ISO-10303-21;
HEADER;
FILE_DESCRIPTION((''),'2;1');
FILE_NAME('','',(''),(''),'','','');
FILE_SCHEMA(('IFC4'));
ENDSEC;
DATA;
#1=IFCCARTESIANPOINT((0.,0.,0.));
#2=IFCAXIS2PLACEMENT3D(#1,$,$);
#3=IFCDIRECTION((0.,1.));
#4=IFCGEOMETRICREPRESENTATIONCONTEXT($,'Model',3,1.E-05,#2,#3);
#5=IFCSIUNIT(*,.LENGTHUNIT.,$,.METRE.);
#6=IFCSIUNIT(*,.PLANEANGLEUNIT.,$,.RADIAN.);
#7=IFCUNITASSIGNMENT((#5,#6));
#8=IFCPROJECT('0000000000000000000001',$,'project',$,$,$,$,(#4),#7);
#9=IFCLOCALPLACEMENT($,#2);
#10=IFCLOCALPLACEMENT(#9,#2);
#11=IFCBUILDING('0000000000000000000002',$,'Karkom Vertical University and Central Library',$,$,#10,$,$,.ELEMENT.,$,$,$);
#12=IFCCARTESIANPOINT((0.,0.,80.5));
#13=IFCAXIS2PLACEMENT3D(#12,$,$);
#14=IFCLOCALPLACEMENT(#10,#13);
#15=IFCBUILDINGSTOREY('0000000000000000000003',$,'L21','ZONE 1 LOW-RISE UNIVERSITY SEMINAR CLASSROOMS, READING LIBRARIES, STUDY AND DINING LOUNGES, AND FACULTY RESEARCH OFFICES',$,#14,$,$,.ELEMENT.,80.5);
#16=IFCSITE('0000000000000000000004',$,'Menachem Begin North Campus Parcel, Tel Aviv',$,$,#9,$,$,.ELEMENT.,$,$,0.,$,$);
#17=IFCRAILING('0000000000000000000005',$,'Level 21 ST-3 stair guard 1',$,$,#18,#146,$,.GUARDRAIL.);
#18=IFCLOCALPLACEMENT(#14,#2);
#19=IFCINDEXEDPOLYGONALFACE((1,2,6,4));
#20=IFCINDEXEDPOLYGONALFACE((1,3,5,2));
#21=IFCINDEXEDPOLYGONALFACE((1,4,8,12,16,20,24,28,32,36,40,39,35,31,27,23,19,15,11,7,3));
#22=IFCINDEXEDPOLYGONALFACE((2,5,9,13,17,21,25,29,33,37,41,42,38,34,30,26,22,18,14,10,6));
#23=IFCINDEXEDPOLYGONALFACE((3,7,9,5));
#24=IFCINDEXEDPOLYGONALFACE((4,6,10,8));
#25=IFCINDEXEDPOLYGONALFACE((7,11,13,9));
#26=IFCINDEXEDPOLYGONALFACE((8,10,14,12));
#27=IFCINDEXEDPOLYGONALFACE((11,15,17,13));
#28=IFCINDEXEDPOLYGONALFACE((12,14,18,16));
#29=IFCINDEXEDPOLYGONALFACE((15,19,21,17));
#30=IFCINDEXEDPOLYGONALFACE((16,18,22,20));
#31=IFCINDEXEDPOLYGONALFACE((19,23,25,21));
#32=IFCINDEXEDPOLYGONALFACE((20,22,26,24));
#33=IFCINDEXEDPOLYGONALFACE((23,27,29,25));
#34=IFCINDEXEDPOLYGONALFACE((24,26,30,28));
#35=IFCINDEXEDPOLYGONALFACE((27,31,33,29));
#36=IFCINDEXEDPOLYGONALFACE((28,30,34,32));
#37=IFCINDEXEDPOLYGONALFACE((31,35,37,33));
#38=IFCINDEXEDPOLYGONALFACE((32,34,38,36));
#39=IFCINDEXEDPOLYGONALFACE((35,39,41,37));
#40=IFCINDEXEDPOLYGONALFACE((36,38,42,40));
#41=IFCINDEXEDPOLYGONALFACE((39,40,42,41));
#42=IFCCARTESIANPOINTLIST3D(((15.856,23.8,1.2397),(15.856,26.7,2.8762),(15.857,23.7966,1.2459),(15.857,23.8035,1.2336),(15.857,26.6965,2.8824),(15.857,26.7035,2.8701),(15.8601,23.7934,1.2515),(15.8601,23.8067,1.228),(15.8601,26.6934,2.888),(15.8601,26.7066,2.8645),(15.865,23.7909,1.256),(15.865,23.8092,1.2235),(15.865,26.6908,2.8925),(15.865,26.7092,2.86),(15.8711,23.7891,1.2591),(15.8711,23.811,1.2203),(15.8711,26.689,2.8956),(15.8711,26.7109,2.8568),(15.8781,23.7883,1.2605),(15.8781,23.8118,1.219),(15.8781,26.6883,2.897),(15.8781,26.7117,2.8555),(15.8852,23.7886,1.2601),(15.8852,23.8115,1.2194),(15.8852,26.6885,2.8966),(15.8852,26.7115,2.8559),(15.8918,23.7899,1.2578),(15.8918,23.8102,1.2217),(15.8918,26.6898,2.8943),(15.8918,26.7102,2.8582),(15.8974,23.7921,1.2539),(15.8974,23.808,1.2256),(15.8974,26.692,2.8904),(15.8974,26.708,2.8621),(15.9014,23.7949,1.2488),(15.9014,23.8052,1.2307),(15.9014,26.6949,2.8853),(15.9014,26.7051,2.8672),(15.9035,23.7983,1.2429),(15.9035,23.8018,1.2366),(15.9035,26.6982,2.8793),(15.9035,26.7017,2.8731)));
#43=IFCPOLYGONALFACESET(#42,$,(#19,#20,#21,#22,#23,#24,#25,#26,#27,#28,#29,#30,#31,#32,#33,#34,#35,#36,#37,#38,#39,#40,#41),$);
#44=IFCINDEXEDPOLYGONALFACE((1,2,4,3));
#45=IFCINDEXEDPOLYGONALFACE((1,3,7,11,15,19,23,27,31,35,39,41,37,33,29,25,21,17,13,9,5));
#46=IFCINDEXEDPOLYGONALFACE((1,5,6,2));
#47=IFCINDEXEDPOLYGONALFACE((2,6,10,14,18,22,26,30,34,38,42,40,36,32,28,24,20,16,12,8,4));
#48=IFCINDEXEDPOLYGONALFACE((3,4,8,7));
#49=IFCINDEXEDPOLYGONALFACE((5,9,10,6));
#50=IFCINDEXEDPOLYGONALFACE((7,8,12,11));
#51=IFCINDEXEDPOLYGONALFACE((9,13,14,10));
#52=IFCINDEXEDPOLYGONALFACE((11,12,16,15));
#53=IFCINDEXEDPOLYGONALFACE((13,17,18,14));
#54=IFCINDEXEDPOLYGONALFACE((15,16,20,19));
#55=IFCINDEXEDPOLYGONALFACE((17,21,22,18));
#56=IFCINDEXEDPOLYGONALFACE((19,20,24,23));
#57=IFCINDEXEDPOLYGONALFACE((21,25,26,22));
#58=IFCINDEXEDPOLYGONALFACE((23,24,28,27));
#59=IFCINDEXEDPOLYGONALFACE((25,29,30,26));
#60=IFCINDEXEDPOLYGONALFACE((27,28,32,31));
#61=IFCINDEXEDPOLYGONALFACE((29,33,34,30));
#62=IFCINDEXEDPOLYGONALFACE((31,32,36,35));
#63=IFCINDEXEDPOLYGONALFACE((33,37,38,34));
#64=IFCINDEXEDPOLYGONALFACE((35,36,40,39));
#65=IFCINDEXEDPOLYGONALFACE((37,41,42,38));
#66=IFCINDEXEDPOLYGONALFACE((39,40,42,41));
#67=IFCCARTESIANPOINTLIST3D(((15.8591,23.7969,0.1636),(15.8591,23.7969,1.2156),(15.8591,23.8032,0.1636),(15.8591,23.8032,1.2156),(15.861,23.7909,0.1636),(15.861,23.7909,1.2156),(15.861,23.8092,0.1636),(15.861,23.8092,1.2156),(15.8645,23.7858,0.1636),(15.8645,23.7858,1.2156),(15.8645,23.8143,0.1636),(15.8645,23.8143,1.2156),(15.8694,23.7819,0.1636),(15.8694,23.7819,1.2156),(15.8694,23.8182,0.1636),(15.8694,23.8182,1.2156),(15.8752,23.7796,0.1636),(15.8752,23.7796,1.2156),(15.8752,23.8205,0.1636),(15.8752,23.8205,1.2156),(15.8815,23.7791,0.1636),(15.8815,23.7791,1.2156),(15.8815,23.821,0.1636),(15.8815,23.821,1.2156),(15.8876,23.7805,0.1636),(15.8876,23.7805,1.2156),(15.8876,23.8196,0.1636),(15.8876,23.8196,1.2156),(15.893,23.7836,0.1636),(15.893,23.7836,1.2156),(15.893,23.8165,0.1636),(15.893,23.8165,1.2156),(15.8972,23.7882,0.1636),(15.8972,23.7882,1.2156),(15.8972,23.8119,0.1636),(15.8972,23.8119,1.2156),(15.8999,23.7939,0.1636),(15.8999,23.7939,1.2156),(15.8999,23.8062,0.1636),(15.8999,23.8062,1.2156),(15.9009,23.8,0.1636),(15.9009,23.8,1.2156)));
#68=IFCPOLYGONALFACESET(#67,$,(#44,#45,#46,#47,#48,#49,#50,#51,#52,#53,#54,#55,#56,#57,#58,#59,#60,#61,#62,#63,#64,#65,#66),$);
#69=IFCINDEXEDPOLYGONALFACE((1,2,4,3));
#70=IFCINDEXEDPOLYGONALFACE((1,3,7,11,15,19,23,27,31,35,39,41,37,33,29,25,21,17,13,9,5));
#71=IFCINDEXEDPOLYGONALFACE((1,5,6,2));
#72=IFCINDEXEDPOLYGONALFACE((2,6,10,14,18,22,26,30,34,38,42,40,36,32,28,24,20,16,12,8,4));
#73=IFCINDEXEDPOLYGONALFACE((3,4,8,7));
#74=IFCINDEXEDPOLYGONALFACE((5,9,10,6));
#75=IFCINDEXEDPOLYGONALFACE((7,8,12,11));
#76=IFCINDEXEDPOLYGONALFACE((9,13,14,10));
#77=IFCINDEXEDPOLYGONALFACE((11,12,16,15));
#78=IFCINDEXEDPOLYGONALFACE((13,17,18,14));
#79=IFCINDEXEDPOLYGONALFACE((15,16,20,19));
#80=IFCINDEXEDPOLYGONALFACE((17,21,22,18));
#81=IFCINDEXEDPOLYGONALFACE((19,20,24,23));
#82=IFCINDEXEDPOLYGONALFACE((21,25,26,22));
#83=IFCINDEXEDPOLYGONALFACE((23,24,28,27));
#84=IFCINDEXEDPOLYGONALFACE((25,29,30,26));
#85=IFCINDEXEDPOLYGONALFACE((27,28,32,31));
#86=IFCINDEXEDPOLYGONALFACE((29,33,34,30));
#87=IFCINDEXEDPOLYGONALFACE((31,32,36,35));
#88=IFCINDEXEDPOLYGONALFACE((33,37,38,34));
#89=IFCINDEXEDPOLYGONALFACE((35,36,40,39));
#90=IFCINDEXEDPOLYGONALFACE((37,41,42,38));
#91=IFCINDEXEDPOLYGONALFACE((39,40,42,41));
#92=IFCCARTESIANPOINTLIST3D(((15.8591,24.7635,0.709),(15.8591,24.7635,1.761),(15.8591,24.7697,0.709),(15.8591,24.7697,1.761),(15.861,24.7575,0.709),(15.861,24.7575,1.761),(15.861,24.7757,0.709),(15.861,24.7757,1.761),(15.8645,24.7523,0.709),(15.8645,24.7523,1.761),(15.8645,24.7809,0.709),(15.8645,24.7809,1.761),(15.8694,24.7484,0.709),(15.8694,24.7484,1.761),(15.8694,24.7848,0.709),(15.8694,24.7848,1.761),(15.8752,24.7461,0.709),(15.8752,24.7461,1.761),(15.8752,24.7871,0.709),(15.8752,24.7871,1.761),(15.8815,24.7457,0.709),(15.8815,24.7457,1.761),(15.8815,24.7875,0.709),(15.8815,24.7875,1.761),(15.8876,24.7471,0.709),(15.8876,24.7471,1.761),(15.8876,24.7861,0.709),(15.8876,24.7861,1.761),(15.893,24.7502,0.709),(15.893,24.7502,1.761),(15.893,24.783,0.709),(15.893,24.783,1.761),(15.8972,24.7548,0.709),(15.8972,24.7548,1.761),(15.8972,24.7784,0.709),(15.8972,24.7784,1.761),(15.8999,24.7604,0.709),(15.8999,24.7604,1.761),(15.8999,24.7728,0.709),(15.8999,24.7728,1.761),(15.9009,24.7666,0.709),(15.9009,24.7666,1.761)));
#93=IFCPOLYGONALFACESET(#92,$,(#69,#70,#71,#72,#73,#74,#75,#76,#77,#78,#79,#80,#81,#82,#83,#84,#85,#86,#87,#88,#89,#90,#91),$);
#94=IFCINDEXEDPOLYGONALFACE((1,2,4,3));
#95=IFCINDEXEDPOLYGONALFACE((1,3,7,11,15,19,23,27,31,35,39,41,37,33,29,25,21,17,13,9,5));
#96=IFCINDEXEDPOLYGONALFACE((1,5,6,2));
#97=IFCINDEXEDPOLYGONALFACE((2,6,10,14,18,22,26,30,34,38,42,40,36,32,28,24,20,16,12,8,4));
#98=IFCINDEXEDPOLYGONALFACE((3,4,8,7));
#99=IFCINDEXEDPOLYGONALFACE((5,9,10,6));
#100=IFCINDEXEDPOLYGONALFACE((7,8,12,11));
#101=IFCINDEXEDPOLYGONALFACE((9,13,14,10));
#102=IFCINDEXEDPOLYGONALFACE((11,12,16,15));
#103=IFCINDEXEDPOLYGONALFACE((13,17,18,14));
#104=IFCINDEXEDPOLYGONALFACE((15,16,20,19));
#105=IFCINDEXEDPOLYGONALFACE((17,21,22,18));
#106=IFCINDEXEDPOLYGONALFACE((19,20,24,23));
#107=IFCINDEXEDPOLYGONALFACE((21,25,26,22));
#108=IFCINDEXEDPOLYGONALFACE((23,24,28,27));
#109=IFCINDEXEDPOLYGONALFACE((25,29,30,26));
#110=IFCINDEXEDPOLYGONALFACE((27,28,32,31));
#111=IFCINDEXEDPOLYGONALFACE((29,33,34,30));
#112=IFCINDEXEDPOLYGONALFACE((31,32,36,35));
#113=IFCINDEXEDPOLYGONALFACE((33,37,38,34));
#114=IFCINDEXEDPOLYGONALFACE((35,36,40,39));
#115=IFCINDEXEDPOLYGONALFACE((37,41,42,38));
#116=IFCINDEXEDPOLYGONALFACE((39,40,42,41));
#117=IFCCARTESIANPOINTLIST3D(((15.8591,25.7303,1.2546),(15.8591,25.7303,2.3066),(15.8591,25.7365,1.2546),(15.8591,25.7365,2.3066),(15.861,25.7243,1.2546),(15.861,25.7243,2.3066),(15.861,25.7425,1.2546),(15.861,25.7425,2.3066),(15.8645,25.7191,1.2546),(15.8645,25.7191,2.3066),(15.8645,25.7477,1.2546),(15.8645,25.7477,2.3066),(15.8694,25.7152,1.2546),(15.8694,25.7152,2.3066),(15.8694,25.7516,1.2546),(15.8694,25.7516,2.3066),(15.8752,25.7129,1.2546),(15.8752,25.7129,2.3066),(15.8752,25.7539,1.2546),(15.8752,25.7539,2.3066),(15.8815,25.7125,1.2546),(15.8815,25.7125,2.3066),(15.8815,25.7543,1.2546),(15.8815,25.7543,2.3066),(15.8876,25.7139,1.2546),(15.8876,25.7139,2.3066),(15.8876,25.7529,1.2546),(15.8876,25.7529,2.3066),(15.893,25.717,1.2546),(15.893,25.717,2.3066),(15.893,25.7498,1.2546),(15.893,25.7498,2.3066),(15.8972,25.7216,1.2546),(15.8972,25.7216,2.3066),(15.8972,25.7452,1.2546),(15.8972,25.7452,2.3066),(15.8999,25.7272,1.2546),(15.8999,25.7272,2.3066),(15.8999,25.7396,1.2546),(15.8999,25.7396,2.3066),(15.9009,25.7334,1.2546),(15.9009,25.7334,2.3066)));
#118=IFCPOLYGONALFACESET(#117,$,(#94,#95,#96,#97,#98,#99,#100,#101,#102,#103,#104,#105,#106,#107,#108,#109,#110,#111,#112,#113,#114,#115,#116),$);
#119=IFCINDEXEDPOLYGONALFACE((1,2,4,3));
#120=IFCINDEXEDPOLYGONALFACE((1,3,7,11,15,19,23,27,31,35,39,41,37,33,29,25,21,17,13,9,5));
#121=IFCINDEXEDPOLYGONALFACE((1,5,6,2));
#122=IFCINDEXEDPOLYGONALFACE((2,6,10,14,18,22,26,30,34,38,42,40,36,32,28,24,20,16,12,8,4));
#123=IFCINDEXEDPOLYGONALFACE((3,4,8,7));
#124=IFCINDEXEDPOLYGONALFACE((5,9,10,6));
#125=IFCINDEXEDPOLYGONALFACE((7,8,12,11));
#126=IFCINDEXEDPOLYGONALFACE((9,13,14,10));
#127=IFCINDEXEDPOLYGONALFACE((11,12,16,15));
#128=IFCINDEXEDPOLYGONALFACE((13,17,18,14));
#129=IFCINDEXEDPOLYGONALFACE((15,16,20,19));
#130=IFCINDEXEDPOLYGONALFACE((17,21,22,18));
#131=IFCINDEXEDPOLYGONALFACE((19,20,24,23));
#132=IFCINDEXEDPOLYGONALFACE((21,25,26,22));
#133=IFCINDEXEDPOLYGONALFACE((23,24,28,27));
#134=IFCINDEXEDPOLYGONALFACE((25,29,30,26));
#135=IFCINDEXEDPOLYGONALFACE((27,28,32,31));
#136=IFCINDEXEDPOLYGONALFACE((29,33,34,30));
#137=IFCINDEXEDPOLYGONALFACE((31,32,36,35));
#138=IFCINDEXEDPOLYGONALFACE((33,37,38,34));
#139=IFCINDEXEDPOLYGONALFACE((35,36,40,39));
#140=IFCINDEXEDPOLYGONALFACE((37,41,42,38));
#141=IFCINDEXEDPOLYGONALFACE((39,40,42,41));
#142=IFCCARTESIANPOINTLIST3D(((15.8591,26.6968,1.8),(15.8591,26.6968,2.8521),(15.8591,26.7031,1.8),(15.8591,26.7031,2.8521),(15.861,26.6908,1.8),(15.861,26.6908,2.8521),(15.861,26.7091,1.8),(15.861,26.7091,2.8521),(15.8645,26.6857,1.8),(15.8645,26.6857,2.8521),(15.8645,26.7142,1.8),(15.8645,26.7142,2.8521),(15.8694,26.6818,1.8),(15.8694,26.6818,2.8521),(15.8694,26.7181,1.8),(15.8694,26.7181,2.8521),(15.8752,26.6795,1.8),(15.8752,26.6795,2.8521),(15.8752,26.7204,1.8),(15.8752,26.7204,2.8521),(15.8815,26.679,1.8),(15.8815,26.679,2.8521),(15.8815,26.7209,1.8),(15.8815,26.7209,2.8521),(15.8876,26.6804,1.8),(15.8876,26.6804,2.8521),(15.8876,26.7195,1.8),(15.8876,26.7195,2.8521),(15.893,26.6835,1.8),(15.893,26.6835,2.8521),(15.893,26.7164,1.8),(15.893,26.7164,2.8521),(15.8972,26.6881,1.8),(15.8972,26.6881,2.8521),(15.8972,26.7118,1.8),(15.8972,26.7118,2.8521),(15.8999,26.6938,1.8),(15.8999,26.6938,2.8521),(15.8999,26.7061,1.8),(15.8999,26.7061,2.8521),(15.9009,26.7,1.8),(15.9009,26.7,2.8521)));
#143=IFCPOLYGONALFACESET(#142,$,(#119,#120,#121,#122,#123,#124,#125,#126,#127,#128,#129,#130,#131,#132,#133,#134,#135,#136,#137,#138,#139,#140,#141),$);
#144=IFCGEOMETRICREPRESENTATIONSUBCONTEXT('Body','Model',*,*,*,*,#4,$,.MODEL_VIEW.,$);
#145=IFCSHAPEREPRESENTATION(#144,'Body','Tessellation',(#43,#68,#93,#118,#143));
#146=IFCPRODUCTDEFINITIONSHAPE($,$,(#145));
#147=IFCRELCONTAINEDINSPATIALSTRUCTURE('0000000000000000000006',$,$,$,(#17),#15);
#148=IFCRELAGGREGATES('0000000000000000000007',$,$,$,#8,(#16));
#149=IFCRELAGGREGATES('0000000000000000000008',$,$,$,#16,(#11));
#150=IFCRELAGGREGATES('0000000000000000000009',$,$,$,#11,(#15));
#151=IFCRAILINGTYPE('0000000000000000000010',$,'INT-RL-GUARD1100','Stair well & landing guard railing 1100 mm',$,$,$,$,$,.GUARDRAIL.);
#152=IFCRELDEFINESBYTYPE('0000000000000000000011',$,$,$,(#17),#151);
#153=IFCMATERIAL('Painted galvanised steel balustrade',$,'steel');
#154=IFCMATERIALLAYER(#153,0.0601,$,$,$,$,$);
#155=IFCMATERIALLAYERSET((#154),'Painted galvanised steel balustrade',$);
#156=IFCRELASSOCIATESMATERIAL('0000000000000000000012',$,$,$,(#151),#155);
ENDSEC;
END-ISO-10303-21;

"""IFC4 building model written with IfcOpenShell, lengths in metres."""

from ifc_helpers import new_model, si_unit, direction, frame, origin, origin_2d, place, context, subcontext, project, spatial, circle, extrude, material, layer, layer_set, type_object, element, save


model = new_model("IFC4")

# Units and contexts
model_context = context("Model", 3, precision=1e-05, world=origin(), true_north=direction((0.0, 1.0)))
body_context = subcontext(model_context, "Body", "Model", "MODEL_VIEW")
ifc_project = project(units=[si_unit("LENGTHUNIT", "METRE"), si_unit("PLANEANGLEUNIT", "RADIAN")], contexts=[model_context])

# Site, building, storey
site_placement = place(None, origin())
site = spatial("IfcSite", under=ifc_project, at=site_placement, Name="Menachem Begin North Campus Parcel, Tel Aviv", CompositionType="ELEMENT", RefElevation=0.0)
building_placement = place(site_placement, origin())
building = spatial("IfcBuilding", under=site, at=building_placement, Name="Karkom Vertical University and Central Library", CompositionType="ELEMENT")
storey_placement = place(building_placement, frame((0.0, 0.0, 80.5)))
storey = spatial("IfcBuildingStorey", under=building, at=storey_placement, Name="L21", Description="ZONE 1 LOW-RISE UNIVERSITY SEMINAR CLASSROOMS, READING LIBRARIES, STUDY AND DINING LOUNGES, AND FACULTY RESEARCH OFFICES", CompositionType="ELEMENT", Elevation=80.5)

# Railing
ifc_material_1 = material(Name="Painted galvanised steel balustrade", Category="steel")
ifc_layer_1 = layer(ifc_material_1, 0.0601)
ifc_layer_set_1 = layer_set([ifc_layer_1], Name="Painted galvanised steel balustrade")
railing_type_1 = type_object("IfcRailingType", Name="INT-RL-GUARD1100", Description="Stair well & landing guard railing 1100 mm", PredefinedType="GUARDRAIL", material=ifc_layer_set_1)
railing_1_placement = place(storey_placement, frame((15.8799, 23.8, 0.1636)))
element("IfcRailing", 1, at=railing_1_placement, inside=storey, type_object=railing_type_1, Name="Level 21 ST-3 stair guard 1", PredefinedType="GUARDRAIL", context=body_context, shape_type="SweptSolid", body=[
    extrude(circle(Radius=0.0239, at=origin_2d()), frame((0.0, 0.0, 1.0762), z_axis=(0.0, 0.870897, 0.491465), x_axis=(-1.0, 0.0, 0.0)), (0.0, 0.0, 1.0), 3.3298),
    extrude(circle(Radius=0.021, at=origin_2d()), origin(), (0.0, 0.0, 1.0), 1.052),
    extrude(circle(Radius=0.021, at=origin_2d()), frame((0.0, 0.9666, 0.5454)), (0.0, 0.0, 1.0), 1.052),
    extrude(circle(Radius=0.021, at=origin_2d()), frame((0.0, 1.9333, 1.0911)), (0.0, 0.0, 1.0), 1.052),
    extrude(circle(Radius=0.021, at=origin_2d()), frame((0.0, 2.8999, 1.6365)), (0.0, 0.0, 1.0), 1.052),
])

save(model, "model.ifc")
